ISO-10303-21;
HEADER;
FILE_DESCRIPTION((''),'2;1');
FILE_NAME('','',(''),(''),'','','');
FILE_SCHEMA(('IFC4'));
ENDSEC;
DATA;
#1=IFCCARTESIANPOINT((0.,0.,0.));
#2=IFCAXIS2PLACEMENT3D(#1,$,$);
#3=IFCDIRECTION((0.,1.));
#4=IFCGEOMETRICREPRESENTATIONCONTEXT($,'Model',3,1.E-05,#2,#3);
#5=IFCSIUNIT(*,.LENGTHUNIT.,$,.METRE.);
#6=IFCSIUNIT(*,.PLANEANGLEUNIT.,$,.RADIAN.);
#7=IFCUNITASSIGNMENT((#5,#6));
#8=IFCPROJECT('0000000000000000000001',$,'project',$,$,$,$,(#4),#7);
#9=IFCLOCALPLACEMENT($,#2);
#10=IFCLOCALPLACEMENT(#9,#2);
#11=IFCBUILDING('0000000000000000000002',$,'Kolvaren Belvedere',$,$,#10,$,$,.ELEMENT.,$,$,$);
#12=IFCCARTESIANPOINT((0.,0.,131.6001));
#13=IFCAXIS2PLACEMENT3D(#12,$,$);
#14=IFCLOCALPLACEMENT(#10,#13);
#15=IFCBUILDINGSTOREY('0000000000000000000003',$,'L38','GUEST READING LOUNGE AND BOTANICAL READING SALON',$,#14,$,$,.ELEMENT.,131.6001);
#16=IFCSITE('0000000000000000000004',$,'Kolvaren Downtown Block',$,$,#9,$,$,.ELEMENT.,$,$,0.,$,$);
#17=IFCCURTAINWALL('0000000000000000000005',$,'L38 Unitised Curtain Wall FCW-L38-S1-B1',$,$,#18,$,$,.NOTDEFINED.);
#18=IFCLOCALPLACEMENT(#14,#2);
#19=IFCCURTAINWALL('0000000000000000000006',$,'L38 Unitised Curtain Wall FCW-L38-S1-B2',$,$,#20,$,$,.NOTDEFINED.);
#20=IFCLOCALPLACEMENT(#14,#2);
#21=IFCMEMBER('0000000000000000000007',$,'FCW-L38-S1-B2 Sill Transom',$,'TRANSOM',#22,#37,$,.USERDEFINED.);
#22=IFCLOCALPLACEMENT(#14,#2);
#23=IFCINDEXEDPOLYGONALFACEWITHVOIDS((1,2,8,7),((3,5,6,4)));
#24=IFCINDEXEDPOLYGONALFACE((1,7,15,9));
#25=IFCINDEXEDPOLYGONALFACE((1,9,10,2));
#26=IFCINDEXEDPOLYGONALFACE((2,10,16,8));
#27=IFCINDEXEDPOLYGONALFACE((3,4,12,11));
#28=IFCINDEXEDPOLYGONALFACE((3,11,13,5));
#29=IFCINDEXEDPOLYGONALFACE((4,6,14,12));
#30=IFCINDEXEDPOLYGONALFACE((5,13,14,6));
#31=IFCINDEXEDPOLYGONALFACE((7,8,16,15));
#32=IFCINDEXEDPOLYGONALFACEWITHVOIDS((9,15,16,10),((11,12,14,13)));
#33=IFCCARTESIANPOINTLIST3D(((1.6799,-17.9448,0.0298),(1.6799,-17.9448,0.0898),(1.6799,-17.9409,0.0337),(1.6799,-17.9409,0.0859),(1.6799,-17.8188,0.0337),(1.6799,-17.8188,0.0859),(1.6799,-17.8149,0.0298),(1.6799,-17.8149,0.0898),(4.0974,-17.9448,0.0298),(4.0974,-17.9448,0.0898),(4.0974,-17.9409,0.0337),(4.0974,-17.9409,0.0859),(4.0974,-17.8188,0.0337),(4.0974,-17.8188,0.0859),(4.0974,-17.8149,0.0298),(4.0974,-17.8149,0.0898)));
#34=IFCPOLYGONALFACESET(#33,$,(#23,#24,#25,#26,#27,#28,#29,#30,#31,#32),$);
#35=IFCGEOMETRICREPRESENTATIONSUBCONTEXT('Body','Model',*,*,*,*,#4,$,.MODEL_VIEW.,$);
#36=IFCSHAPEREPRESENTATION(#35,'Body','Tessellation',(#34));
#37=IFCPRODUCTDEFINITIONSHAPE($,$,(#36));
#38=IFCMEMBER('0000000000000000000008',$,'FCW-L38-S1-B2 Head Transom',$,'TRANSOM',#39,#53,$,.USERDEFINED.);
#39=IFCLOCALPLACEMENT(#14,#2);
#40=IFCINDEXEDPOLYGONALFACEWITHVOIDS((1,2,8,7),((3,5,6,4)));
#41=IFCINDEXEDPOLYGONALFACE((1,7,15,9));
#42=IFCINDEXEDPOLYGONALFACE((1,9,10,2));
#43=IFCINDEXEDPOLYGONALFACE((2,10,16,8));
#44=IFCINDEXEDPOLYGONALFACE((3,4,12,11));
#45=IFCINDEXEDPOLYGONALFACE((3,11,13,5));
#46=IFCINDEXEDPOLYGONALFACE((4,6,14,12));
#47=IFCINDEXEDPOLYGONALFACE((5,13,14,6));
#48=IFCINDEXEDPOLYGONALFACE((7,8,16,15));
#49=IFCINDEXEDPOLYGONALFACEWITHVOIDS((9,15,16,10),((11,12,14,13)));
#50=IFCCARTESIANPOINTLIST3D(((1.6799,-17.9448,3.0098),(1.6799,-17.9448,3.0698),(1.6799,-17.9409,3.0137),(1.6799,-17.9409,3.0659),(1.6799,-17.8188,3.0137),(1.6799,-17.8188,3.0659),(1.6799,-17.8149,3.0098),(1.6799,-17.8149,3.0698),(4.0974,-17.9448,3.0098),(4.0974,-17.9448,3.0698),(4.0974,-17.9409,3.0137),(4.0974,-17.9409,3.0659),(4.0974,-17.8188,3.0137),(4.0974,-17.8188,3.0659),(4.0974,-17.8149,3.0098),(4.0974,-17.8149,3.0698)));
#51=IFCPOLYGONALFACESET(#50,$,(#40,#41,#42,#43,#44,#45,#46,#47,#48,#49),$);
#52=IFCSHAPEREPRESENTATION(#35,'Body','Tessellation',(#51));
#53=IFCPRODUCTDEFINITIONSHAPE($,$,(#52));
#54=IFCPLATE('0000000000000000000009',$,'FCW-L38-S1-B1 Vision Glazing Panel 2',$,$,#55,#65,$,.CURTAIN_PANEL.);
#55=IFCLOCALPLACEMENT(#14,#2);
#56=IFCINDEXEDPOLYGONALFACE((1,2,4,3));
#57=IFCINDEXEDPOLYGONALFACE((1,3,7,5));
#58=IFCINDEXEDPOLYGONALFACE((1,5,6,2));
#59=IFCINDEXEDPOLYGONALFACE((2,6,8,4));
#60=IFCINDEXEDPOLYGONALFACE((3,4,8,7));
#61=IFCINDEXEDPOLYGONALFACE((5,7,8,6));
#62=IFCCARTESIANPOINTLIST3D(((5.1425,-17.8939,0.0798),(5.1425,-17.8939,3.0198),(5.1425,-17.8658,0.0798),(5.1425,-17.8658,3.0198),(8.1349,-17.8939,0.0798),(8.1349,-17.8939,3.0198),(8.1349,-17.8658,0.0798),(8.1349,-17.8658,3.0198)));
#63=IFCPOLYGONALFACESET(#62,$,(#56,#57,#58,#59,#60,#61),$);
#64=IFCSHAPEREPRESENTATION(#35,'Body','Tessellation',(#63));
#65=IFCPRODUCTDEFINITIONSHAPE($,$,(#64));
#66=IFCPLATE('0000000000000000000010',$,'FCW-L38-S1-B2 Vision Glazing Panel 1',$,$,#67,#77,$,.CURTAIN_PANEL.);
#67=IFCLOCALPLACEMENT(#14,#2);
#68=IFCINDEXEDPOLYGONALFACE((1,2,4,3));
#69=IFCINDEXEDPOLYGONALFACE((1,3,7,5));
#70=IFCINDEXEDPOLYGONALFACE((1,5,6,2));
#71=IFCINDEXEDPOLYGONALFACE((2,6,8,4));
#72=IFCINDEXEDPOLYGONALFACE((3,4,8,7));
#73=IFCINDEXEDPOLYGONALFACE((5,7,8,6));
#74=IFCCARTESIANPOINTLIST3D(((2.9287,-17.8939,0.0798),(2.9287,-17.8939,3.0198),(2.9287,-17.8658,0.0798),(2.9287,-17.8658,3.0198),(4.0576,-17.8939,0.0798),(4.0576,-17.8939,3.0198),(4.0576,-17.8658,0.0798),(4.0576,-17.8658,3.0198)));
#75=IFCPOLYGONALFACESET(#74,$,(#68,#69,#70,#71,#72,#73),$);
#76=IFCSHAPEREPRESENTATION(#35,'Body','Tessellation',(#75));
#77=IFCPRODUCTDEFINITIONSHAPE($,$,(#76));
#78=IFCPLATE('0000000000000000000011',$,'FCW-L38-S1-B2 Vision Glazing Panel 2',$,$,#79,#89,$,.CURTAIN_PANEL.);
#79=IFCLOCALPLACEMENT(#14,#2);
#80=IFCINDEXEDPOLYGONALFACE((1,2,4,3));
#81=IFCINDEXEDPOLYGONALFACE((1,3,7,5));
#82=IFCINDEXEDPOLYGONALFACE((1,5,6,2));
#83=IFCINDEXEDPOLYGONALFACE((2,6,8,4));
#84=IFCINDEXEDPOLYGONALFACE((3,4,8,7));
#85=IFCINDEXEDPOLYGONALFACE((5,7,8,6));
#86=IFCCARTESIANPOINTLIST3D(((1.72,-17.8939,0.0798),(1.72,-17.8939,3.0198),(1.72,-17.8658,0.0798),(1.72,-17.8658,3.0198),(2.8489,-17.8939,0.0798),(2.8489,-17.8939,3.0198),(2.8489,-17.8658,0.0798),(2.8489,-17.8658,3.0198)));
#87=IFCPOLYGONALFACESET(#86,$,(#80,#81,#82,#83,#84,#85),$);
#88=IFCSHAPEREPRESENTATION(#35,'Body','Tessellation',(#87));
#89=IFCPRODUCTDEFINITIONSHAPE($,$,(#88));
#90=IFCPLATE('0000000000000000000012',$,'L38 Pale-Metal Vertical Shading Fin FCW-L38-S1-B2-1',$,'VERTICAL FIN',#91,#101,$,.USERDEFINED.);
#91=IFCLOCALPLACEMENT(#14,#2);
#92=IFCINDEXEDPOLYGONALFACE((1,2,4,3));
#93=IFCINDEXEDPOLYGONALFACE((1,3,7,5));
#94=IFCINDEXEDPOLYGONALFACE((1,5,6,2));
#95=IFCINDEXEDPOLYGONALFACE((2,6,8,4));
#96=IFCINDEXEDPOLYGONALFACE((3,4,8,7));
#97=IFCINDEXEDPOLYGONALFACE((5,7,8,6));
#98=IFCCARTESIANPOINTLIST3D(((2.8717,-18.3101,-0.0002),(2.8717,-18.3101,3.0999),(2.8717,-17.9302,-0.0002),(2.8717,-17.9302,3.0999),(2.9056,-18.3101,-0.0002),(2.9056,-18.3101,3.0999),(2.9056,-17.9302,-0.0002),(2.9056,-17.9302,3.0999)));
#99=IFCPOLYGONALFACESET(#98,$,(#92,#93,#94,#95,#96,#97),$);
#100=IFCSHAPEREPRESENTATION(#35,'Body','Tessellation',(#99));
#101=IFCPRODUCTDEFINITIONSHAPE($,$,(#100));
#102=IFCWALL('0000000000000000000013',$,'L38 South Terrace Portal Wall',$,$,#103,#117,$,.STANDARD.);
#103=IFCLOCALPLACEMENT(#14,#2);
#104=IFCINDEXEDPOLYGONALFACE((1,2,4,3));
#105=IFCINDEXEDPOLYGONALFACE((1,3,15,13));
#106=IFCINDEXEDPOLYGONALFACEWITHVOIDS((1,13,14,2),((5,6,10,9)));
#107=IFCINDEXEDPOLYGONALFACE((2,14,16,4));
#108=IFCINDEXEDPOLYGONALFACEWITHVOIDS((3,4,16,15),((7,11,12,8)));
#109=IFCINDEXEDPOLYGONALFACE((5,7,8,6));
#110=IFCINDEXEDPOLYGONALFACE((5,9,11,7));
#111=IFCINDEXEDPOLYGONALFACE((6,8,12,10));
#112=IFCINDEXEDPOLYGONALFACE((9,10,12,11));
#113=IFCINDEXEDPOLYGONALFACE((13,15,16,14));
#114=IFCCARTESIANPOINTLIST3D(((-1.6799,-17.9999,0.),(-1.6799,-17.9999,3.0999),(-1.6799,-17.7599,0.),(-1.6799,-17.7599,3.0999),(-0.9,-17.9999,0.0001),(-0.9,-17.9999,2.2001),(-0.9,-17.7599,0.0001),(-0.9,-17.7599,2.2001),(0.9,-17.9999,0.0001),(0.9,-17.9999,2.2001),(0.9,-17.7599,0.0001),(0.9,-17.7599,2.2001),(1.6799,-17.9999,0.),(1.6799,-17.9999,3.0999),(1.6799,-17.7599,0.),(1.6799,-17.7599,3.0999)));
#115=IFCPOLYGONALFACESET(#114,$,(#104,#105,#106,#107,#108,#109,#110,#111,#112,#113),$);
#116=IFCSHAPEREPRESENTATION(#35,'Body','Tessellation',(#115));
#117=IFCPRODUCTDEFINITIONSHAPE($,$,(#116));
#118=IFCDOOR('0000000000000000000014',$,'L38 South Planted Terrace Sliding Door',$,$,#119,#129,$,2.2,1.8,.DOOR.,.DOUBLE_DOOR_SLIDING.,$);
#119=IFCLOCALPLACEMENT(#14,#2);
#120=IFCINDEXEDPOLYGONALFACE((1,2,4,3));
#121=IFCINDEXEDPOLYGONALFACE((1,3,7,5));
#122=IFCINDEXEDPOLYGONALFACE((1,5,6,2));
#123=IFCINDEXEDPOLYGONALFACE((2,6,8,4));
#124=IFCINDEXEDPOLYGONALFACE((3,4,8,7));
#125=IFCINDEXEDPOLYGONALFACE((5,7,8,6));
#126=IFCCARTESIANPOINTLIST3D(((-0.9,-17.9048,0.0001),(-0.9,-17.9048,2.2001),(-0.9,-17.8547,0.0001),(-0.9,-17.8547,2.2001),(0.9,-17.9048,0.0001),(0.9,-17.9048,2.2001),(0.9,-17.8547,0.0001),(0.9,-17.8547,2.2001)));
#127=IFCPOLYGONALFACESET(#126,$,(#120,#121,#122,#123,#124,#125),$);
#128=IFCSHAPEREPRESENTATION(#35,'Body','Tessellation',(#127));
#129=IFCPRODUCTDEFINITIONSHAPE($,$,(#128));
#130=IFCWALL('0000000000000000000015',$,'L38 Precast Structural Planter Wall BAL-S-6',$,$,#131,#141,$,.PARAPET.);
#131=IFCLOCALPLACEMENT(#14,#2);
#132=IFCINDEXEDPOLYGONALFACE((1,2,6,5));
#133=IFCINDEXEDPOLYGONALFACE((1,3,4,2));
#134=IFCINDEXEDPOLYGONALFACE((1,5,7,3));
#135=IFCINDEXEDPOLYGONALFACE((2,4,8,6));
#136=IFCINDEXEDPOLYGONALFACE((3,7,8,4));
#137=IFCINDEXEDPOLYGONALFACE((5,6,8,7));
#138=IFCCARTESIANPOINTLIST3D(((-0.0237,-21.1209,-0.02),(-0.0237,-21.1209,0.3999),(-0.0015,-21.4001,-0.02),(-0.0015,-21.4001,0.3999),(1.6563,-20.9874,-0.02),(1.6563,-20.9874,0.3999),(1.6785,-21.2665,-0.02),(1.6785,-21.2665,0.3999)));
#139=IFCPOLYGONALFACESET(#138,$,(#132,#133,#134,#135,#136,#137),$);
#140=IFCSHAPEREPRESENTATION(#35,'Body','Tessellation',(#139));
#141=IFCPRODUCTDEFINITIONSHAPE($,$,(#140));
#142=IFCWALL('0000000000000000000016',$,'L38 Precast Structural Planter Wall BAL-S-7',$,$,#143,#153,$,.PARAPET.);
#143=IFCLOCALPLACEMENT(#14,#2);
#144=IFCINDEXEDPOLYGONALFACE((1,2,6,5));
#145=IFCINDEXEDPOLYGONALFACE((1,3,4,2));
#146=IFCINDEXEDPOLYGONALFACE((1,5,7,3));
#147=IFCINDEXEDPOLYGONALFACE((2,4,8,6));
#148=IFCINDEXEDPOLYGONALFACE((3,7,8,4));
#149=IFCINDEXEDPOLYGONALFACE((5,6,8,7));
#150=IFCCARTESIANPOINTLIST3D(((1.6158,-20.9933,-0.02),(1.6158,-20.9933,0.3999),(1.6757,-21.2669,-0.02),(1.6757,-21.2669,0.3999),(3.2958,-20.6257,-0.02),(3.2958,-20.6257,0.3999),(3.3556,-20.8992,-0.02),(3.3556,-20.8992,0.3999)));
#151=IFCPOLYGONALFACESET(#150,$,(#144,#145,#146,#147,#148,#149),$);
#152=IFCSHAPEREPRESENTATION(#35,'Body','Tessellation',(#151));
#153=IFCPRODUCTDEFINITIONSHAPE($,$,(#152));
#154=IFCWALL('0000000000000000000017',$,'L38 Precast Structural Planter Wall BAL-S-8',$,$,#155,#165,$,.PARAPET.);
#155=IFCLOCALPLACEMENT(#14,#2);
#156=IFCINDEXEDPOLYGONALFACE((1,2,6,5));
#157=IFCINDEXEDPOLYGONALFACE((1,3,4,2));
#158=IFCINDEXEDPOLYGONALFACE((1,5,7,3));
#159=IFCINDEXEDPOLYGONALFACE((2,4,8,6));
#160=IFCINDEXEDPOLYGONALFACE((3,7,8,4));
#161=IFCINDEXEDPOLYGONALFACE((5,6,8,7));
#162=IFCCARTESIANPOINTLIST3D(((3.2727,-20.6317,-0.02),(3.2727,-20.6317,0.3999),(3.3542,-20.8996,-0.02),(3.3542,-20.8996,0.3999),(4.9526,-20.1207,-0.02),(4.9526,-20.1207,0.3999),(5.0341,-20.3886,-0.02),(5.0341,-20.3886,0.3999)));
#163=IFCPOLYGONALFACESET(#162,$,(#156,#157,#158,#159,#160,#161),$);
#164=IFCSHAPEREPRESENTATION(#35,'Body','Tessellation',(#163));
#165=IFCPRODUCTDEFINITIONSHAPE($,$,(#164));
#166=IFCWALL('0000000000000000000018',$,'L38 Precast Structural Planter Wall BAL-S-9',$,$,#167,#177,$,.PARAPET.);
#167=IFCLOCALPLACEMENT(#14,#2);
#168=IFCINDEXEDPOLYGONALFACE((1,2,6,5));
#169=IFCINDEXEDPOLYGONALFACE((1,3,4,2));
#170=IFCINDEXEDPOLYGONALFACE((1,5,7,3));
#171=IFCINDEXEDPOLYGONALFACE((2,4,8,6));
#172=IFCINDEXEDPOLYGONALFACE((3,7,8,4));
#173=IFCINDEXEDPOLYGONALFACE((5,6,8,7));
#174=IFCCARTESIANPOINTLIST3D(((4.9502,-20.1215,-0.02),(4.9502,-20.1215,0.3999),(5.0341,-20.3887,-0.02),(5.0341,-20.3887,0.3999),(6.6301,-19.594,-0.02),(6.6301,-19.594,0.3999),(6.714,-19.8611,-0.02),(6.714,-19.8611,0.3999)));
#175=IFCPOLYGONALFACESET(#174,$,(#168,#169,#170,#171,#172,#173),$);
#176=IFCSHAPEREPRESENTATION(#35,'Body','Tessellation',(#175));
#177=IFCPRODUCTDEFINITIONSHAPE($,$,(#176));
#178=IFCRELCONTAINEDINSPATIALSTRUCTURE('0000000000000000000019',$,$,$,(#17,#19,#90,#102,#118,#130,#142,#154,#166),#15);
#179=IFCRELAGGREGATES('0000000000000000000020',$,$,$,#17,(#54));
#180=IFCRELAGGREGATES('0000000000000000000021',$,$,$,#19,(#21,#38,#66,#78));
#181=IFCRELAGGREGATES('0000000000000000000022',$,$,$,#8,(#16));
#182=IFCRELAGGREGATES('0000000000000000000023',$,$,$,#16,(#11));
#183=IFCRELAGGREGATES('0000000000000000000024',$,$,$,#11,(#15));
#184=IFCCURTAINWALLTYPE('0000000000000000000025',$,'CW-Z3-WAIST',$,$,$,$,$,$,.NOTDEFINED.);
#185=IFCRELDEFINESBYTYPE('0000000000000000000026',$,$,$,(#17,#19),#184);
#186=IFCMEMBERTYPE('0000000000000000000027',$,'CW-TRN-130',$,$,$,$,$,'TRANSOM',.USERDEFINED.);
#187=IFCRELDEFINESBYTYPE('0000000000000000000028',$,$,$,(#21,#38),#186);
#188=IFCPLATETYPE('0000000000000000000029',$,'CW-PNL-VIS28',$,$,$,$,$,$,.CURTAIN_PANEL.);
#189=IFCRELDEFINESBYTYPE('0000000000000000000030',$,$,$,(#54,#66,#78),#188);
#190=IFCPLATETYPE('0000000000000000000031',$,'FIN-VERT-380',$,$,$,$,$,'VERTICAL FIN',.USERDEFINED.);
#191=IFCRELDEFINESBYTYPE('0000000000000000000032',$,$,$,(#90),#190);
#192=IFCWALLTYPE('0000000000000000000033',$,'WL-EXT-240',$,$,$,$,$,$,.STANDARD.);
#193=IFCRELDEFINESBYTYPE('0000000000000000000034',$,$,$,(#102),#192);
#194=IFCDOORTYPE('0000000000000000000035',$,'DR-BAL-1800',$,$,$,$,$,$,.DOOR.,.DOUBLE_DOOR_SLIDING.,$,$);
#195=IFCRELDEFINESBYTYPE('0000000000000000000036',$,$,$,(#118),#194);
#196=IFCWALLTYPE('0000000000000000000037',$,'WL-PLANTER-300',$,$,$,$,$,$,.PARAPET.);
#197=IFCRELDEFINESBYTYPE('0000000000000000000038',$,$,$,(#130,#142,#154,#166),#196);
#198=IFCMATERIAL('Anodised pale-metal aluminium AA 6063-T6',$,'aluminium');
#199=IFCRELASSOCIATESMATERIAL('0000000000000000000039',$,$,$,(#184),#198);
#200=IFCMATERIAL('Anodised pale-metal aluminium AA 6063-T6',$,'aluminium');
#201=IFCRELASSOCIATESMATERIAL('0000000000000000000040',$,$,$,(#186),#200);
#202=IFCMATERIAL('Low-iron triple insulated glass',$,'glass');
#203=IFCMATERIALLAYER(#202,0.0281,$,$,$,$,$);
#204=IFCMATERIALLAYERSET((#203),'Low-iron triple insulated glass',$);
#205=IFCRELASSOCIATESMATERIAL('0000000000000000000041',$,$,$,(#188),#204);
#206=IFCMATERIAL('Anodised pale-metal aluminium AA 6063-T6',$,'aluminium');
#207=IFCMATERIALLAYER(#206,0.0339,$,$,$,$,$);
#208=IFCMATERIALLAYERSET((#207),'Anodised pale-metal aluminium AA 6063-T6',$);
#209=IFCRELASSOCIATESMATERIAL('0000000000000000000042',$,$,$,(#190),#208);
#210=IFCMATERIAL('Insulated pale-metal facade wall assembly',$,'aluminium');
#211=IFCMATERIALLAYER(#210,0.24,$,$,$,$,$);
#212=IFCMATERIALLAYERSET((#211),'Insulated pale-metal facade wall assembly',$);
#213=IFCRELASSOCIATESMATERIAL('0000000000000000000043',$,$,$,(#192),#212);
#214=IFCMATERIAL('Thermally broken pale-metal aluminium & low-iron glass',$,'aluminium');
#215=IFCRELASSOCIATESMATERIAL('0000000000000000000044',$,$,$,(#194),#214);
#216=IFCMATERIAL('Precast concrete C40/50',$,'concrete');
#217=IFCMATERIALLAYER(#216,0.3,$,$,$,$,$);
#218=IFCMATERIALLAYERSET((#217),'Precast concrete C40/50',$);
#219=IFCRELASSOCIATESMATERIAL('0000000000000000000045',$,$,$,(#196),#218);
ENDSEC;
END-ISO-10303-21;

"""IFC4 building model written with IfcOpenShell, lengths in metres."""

from ifc_helpers import new_model, si_unit, direction, frame, frame_2d, origin, origin_2d, place, context, subcontext, project, spatial, rectangle, hollow_rectangle, extrude, material, layer, layer_set, material_profile, profile_set, type_object, element, fill, aggregate, save


model = new_model("IFC4")

# Units and contexts
model_context = context("Model", 3, precision=1e-05, world=origin(), true_north=direction((0.0, 1.0)))
body_context = subcontext(model_context, "Body", "Model", "MODEL_VIEW")
ifc_project = project(units=[si_unit("LENGTHUNIT", "METRE"), si_unit("PLANEANGLEUNIT", "RADIAN")], contexts=[model_context])

# Site, building, storey
site_placement = place(None, origin())
site = spatial("IfcSite", under=ifc_project, at=site_placement, Name="Kolvaren Downtown Block", CompositionType="ELEMENT", RefElevation=0.0)
building_placement = place(site_placement, origin())
building = spatial("IfcBuilding", under=site, at=building_placement, Name="Kolvaren Belvedere", CompositionType="ELEMENT")
storey_placement = place(building_placement, frame((0.0, 0.0, 131.6001)))
storey = spatial("IfcBuildingStorey", under=building, at=storey_placement, Name="L38", Description="GUEST READING LOUNGE AND BOTANICAL READING SALON", CompositionType="ELEMENT", Elevation=131.6001)

# Curtain wall
ifc_material_1 = material(Name="Anodised pale-metal aluminium AA 6063-T6", Category="aluminium")
curtain_wall_type = type_object("IfcCurtainWallType", Name="CW-Z3-WAIST", PredefinedType="NOTDEFINED", material=ifc_material_1)
curtain_wall_1_placement = place(storey_placement, origin())
curtain_wall_1 = element("IfcCurtainWall", 1, at=curtain_wall_1_placement, inside=storey, type_object=curtain_wall_type, Name="L38 Unitised Curtain Wall FCW-L38-S1-B1", PredefinedType="NOTDEFINED")

# Curtain wall, members
curtain_wall_2_placement = place(storey_placement, origin())
curtain_wall_2 = element("IfcCurtainWall", 2, at=curtain_wall_2_placement, inside=storey, type_object=curtain_wall_type, Name="L38 Unitised Curtain Wall FCW-L38-S1-B2", PredefinedType="NOTDEFINED")
ifc_material_2 = material(Name="Anodised pale-metal aluminium AA 6063-T6", Category="aluminium")
ifc_material_profile_1 = material_profile(ifc_material_2, hollow_rectangle(XDim=0.0601, YDim=0.1299, WallThickness=0.0039, at=origin_2d()), Name="ALU-TRN-130X60")
ifc_profile_set_1 = profile_set([ifc_material_profile_1], Name="Anodised pale-metal aluminium AA 6063-T6")
member_type_1 = type_object("IfcMemberType", Name="CW-TRN-130", ElementType="TRANSOM", PredefinedType="USERDEFINED", material=ifc_profile_set_1)
member_1_placement = place(storey_placement, frame((4.0974, -17.8799, 0.0598), z_axis=(-1.0, 0.0, 0.0), x_axis=(0.0, 0.0, 1.0)))
member_1 = element("IfcMember", 3, at=member_1_placement, type_object=member_type_1, Name="FCW-L38-S1-B2 Sill Transom", ObjectType="TRANSOM", PredefinedType="USERDEFINED", context=body_context, shape_type="SweptSolid", body=[
    extrude(hollow_rectangle(XDim=0.0601, YDim=0.1299, WallThickness=0.0039, at=origin_2d()), origin(), (0.0, 0.0, 1.0), 2.4175),
])
member_2_placement = place(storey_placement, frame((4.0974, -17.8799, 3.0398), z_axis=(-1.0, 0.0, 0.0), x_axis=(0.0, 0.0, 1.0)))
member_2 = element("IfcMember", 4, at=member_2_placement, type_object=member_type_1, Name="FCW-L38-S1-B2 Head Transom", ObjectType="TRANSOM", PredefinedType="USERDEFINED", context=body_context, shape_type="SweptSolid", body=[
    extrude(hollow_rectangle(XDim=0.0601, YDim=0.1299, WallThickness=0.0039, at=origin_2d()), origin(), (0.0, 0.0, 1.0), 2.4175),
])

# Plates
ifc_material_3 = material(Name="Low-iron triple insulated glass", Category="glass")
ifc_layer_1 = layer(ifc_material_3, 0.0281)
ifc_layer_set_1 = layer_set([ifc_layer_1], Name="Low-iron triple insulated glass")
plate_type_1 = type_object("IfcPlateType", Name="CW-PNL-VIS28", PredefinedType="CURTAIN_PANEL", material=ifc_layer_set_1)
plate_1_placement = place(storey_placement, frame((6.6387, -17.8799, 0.0798), z_axis=(0.0, 0.0, 1.0), x_axis=(-1.0, 0.0, 0.0)))
plate_1 = element("IfcPlate", 5, at=plate_1_placement, type_object=plate_type_1, Name="FCW-L38-S1-B1 Vision Glazing Panel 2", PredefinedType="CURTAIN_PANEL", context=body_context, shape_type="SweptSolid", body=[
    extrude(rectangle(XDim=2.9924, YDim=0.0281, at=origin_2d()), origin(), (0.0, 0.0, 1.0), 2.9399),
])
aggregate(curtain_wall_1, [plate_1])
plate_2_placement = place(storey_placement, frame((3.4932, -17.8799, 0.0798), z_axis=(0.0, 0.0, 1.0), x_axis=(-1.0, 0.0, 0.0)))
plate_2 = element("IfcPlate", 6, at=plate_2_placement, type_object=plate_type_1, Name="FCW-L38-S1-B2 Vision Glazing Panel 1", PredefinedType="CURTAIN_PANEL", context=body_context, shape_type="SweptSolid", body=[
    extrude(rectangle(XDim=1.1289, YDim=0.0281, at=origin_2d()), origin(), (0.0, 0.0, 1.0), 2.9399),
])
plate_3_placement = place(storey_placement, frame((2.2844, -17.8799, 0.0798), z_axis=(0.0, 0.0, 1.0), x_axis=(-1.0, 0.0, 0.0)))
plate_3 = element("IfcPlate", 7, at=plate_3_placement, type_object=plate_type_1, Name="FCW-L38-S1-B2 Vision Glazing Panel 2", PredefinedType="CURTAIN_PANEL", context=body_context, shape_type="SweptSolid", body=[
    extrude(rectangle(XDim=1.1289, YDim=0.0281, at=origin_2d()), origin(), (0.0, 0.0, 1.0), 2.9399),
])
aggregate(curtain_wall_2, [member_1, member_2, plate_2, plate_3])
ifc_material_4 = material(Name="Anodised pale-metal aluminium AA 6063-T6", Category="aluminium")
ifc_layer_2 = layer(ifc_material_4, 0.0339)
ifc_layer_set_2 = layer_set([ifc_layer_2], Name="Anodised pale-metal aluminium AA 6063-T6")
plate_type_2 = type_object("IfcPlateType", Name="FIN-VERT-380", ElementType="VERTICAL FIN", PredefinedType="USERDEFINED", material=ifc_layer_set_2)
plate_4_placement = place(storey_placement, frame((2.8887, -18.1201, -0.0002), z_axis=(0.0, 0.0, 1.0), x_axis=(0.0, 1.0, 0.0)))
element("IfcPlate", 8, at=plate_4_placement, inside=storey, type_object=plate_type_2, Name="L38 Pale-Metal Vertical Shading Fin FCW-L38-S1-B2-1", ObjectType="VERTICAL FIN", PredefinedType="USERDEFINED", context=body_context, shape_type="SweptSolid", body=[
    extrude(rectangle(XDim=0.3799, YDim=0.0339, at=origin_2d()), origin(), (0.0, 0.0, 1.0), 3.1001),
])

# Wall, opening, door
ifc_material_5 = material(Name="Insulated pale-metal facade wall assembly", Category="aluminium")
ifc_layer_3 = layer(ifc_material_5, 0.24)
ifc_layer_set_3 = layer_set([ifc_layer_3], Name="Insulated pale-metal facade wall assembly")
wall_type_1 = type_object("IfcWallType", Name="WL-EXT-240", PredefinedType="STANDARD", material=ifc_layer_set_3)
wall_1_placement = place(storey_placement, frame((1.6799, -17.8799, 0.0), z_axis=(0.0, 0.0, 1.0), x_axis=(-1.0, 0.0, 0.0)))
wall_1 = element("IfcWall", 9, at=wall_1_placement, inside=storey, type_object=wall_type_1, Name="L38 South Terrace Portal Wall", PredefinedType="STANDARD", context=body_context, shape_type="SweptSolid", body=[
    extrude(rectangle(XDim=3.3599, YDim=0.24, at=frame_2d((1.6799, 0.0))), origin(), (0.0, 0.0, 1.0), 3.0999),
])
opening_placement = place(wall_1_placement, frame((0.78, 0.0, 0.0)))
opening = element("IfcOpeningElement", 10, at=opening_placement, cuts=wall_1, PredefinedType="OPENING", context=body_context, shape_type="SweptSolid", body=[
    extrude(rectangle(XDim=1.8, YDim=2.2, at=frame_2d((0.8999, 1.1001))), frame((0.0, 0.1299, 0.0), z_axis=(0.0, -1.0, 0.0), x_axis=(1.0, 0.0, 0.0)), (0.0, 0.0, 1.0), 0.26),
])
ifc_material_6 = material(Name="Thermally broken pale-metal aluminium & low-iron glass", Category="aluminium")
door_type = type_object("IfcDoorType", Name="DR-BAL-1800", OperationType="DOUBLE_DOOR_SLIDING", PredefinedType="DOOR", material=ifc_material_6)
door_placement = place(opening_placement, origin())
door = element("IfcDoor", 11, at=door_placement, inside=storey, type_object=door_type, Name="L38 South Planted Terrace Sliding Door", OperationType="DOUBLE_DOOR_SLIDING", OverallHeight=2.2, OverallWidth=1.8, PredefinedType="DOOR", context=body_context, shape_type="SweptSolid", body=[
    extrude(rectangle(XDim=1.8, YDim=2.2, at=frame_2d((0.8999, 1.1001))), frame((0.0, 0.0249, 0.0), z_axis=(0.0, -1.0, 0.0), x_axis=(1.0, 0.0, 0.0)), (0.0, 0.0, 1.0), 0.05),
])
fill(opening, door)

# Walls
ifc_material_7 = material(Name="Precast concrete C40/50", Category="concrete")
ifc_layer_4 = layer(ifc_material_7, 0.3)
ifc_layer_set_4 = layer_set([ifc_layer_4], Name="Precast concrete C40/50")
wall_type_2 = type_object("IfcWallType", Name="WL-PLANTER-300", PredefinedType="PARAPET", material=ifc_layer_set_4)
wall_2_placement = place(storey_placement, frame((-0.0127, -21.2605, -0.02), z_axis=(0.0, 0.0, 1.0), x_axis=(0.996855, 0.079244, 0.0)))
element("IfcWall", 12, at=wall_2_placement, inside=storey, type_object=wall_type_2, Name="L38 Precast Structural Planter Wall BAL-S-6", PredefinedType="PARAPET", context=body_context, shape_type="SweptSolid", body=[
    extrude(rectangle(XDim=1.6853, YDim=0.28, at=frame_2d((0.8428, 0.0))), origin(), (0.0, 0.0, 1.0), 0.4199),
])
wall_3_placement = place(storey_placement, frame((1.6458, -21.1301, -0.02), z_axis=(0.0, 0.0, 1.0), x_axis=(0.976877, 0.213803, 0.0)))
element("IfcWall", 13, at=wall_3_placement, inside=storey, type_object=wall_type_2, Name="L38 Precast Structural Planter Wall BAL-S-7", PredefinedType="PARAPET", context=body_context, shape_type="SweptSolid", body=[
    extrude(rectangle(XDim=1.7197, YDim=0.28, at=frame_2d((0.8599, 0.0))), origin(), (0.0, 0.0, 1.0), 0.4199),
])
wall_4_placement = place(storey_placement, frame((3.3135, -20.7656, -0.02), z_axis=(0.0, 0.0, 1.0), x_axis=(0.956721, 0.291007, 0.0)))
element("IfcWall", 14, at=wall_4_placement, inside=storey, type_object=wall_type_2, Name="L38 Precast Structural Planter Wall BAL-S-8", PredefinedType="PARAPET", context=body_context, shape_type="SweptSolid", body=[
    extrude(rectangle(XDim=1.7559, YDim=0.28, at=frame_2d((0.8779, 0.0))), origin(), (0.0, 0.0, 1.0), 0.4199),
])
wall_5_placement = place(storey_placement, frame((4.9922, -20.2551, -0.02), z_axis=(0.0, 0.0, 1.0), x_axis=(0.954057, 0.299625, 0.0)))
element("IfcWall", 15, at=wall_5_placement, inside=storey, type_object=wall_type_2, Name="L38 Precast Structural Planter Wall BAL-S-9", PredefinedType="PARAPET", context=body_context, shape_type="SweptSolid", body=[
    extrude(rectangle(XDim=1.7607, YDim=0.28, at=frame_2d((0.8804, 0.0))), origin(), (0.0, 0.0, 1.0), 0.4199),
])

save(model, "model.ifc")
